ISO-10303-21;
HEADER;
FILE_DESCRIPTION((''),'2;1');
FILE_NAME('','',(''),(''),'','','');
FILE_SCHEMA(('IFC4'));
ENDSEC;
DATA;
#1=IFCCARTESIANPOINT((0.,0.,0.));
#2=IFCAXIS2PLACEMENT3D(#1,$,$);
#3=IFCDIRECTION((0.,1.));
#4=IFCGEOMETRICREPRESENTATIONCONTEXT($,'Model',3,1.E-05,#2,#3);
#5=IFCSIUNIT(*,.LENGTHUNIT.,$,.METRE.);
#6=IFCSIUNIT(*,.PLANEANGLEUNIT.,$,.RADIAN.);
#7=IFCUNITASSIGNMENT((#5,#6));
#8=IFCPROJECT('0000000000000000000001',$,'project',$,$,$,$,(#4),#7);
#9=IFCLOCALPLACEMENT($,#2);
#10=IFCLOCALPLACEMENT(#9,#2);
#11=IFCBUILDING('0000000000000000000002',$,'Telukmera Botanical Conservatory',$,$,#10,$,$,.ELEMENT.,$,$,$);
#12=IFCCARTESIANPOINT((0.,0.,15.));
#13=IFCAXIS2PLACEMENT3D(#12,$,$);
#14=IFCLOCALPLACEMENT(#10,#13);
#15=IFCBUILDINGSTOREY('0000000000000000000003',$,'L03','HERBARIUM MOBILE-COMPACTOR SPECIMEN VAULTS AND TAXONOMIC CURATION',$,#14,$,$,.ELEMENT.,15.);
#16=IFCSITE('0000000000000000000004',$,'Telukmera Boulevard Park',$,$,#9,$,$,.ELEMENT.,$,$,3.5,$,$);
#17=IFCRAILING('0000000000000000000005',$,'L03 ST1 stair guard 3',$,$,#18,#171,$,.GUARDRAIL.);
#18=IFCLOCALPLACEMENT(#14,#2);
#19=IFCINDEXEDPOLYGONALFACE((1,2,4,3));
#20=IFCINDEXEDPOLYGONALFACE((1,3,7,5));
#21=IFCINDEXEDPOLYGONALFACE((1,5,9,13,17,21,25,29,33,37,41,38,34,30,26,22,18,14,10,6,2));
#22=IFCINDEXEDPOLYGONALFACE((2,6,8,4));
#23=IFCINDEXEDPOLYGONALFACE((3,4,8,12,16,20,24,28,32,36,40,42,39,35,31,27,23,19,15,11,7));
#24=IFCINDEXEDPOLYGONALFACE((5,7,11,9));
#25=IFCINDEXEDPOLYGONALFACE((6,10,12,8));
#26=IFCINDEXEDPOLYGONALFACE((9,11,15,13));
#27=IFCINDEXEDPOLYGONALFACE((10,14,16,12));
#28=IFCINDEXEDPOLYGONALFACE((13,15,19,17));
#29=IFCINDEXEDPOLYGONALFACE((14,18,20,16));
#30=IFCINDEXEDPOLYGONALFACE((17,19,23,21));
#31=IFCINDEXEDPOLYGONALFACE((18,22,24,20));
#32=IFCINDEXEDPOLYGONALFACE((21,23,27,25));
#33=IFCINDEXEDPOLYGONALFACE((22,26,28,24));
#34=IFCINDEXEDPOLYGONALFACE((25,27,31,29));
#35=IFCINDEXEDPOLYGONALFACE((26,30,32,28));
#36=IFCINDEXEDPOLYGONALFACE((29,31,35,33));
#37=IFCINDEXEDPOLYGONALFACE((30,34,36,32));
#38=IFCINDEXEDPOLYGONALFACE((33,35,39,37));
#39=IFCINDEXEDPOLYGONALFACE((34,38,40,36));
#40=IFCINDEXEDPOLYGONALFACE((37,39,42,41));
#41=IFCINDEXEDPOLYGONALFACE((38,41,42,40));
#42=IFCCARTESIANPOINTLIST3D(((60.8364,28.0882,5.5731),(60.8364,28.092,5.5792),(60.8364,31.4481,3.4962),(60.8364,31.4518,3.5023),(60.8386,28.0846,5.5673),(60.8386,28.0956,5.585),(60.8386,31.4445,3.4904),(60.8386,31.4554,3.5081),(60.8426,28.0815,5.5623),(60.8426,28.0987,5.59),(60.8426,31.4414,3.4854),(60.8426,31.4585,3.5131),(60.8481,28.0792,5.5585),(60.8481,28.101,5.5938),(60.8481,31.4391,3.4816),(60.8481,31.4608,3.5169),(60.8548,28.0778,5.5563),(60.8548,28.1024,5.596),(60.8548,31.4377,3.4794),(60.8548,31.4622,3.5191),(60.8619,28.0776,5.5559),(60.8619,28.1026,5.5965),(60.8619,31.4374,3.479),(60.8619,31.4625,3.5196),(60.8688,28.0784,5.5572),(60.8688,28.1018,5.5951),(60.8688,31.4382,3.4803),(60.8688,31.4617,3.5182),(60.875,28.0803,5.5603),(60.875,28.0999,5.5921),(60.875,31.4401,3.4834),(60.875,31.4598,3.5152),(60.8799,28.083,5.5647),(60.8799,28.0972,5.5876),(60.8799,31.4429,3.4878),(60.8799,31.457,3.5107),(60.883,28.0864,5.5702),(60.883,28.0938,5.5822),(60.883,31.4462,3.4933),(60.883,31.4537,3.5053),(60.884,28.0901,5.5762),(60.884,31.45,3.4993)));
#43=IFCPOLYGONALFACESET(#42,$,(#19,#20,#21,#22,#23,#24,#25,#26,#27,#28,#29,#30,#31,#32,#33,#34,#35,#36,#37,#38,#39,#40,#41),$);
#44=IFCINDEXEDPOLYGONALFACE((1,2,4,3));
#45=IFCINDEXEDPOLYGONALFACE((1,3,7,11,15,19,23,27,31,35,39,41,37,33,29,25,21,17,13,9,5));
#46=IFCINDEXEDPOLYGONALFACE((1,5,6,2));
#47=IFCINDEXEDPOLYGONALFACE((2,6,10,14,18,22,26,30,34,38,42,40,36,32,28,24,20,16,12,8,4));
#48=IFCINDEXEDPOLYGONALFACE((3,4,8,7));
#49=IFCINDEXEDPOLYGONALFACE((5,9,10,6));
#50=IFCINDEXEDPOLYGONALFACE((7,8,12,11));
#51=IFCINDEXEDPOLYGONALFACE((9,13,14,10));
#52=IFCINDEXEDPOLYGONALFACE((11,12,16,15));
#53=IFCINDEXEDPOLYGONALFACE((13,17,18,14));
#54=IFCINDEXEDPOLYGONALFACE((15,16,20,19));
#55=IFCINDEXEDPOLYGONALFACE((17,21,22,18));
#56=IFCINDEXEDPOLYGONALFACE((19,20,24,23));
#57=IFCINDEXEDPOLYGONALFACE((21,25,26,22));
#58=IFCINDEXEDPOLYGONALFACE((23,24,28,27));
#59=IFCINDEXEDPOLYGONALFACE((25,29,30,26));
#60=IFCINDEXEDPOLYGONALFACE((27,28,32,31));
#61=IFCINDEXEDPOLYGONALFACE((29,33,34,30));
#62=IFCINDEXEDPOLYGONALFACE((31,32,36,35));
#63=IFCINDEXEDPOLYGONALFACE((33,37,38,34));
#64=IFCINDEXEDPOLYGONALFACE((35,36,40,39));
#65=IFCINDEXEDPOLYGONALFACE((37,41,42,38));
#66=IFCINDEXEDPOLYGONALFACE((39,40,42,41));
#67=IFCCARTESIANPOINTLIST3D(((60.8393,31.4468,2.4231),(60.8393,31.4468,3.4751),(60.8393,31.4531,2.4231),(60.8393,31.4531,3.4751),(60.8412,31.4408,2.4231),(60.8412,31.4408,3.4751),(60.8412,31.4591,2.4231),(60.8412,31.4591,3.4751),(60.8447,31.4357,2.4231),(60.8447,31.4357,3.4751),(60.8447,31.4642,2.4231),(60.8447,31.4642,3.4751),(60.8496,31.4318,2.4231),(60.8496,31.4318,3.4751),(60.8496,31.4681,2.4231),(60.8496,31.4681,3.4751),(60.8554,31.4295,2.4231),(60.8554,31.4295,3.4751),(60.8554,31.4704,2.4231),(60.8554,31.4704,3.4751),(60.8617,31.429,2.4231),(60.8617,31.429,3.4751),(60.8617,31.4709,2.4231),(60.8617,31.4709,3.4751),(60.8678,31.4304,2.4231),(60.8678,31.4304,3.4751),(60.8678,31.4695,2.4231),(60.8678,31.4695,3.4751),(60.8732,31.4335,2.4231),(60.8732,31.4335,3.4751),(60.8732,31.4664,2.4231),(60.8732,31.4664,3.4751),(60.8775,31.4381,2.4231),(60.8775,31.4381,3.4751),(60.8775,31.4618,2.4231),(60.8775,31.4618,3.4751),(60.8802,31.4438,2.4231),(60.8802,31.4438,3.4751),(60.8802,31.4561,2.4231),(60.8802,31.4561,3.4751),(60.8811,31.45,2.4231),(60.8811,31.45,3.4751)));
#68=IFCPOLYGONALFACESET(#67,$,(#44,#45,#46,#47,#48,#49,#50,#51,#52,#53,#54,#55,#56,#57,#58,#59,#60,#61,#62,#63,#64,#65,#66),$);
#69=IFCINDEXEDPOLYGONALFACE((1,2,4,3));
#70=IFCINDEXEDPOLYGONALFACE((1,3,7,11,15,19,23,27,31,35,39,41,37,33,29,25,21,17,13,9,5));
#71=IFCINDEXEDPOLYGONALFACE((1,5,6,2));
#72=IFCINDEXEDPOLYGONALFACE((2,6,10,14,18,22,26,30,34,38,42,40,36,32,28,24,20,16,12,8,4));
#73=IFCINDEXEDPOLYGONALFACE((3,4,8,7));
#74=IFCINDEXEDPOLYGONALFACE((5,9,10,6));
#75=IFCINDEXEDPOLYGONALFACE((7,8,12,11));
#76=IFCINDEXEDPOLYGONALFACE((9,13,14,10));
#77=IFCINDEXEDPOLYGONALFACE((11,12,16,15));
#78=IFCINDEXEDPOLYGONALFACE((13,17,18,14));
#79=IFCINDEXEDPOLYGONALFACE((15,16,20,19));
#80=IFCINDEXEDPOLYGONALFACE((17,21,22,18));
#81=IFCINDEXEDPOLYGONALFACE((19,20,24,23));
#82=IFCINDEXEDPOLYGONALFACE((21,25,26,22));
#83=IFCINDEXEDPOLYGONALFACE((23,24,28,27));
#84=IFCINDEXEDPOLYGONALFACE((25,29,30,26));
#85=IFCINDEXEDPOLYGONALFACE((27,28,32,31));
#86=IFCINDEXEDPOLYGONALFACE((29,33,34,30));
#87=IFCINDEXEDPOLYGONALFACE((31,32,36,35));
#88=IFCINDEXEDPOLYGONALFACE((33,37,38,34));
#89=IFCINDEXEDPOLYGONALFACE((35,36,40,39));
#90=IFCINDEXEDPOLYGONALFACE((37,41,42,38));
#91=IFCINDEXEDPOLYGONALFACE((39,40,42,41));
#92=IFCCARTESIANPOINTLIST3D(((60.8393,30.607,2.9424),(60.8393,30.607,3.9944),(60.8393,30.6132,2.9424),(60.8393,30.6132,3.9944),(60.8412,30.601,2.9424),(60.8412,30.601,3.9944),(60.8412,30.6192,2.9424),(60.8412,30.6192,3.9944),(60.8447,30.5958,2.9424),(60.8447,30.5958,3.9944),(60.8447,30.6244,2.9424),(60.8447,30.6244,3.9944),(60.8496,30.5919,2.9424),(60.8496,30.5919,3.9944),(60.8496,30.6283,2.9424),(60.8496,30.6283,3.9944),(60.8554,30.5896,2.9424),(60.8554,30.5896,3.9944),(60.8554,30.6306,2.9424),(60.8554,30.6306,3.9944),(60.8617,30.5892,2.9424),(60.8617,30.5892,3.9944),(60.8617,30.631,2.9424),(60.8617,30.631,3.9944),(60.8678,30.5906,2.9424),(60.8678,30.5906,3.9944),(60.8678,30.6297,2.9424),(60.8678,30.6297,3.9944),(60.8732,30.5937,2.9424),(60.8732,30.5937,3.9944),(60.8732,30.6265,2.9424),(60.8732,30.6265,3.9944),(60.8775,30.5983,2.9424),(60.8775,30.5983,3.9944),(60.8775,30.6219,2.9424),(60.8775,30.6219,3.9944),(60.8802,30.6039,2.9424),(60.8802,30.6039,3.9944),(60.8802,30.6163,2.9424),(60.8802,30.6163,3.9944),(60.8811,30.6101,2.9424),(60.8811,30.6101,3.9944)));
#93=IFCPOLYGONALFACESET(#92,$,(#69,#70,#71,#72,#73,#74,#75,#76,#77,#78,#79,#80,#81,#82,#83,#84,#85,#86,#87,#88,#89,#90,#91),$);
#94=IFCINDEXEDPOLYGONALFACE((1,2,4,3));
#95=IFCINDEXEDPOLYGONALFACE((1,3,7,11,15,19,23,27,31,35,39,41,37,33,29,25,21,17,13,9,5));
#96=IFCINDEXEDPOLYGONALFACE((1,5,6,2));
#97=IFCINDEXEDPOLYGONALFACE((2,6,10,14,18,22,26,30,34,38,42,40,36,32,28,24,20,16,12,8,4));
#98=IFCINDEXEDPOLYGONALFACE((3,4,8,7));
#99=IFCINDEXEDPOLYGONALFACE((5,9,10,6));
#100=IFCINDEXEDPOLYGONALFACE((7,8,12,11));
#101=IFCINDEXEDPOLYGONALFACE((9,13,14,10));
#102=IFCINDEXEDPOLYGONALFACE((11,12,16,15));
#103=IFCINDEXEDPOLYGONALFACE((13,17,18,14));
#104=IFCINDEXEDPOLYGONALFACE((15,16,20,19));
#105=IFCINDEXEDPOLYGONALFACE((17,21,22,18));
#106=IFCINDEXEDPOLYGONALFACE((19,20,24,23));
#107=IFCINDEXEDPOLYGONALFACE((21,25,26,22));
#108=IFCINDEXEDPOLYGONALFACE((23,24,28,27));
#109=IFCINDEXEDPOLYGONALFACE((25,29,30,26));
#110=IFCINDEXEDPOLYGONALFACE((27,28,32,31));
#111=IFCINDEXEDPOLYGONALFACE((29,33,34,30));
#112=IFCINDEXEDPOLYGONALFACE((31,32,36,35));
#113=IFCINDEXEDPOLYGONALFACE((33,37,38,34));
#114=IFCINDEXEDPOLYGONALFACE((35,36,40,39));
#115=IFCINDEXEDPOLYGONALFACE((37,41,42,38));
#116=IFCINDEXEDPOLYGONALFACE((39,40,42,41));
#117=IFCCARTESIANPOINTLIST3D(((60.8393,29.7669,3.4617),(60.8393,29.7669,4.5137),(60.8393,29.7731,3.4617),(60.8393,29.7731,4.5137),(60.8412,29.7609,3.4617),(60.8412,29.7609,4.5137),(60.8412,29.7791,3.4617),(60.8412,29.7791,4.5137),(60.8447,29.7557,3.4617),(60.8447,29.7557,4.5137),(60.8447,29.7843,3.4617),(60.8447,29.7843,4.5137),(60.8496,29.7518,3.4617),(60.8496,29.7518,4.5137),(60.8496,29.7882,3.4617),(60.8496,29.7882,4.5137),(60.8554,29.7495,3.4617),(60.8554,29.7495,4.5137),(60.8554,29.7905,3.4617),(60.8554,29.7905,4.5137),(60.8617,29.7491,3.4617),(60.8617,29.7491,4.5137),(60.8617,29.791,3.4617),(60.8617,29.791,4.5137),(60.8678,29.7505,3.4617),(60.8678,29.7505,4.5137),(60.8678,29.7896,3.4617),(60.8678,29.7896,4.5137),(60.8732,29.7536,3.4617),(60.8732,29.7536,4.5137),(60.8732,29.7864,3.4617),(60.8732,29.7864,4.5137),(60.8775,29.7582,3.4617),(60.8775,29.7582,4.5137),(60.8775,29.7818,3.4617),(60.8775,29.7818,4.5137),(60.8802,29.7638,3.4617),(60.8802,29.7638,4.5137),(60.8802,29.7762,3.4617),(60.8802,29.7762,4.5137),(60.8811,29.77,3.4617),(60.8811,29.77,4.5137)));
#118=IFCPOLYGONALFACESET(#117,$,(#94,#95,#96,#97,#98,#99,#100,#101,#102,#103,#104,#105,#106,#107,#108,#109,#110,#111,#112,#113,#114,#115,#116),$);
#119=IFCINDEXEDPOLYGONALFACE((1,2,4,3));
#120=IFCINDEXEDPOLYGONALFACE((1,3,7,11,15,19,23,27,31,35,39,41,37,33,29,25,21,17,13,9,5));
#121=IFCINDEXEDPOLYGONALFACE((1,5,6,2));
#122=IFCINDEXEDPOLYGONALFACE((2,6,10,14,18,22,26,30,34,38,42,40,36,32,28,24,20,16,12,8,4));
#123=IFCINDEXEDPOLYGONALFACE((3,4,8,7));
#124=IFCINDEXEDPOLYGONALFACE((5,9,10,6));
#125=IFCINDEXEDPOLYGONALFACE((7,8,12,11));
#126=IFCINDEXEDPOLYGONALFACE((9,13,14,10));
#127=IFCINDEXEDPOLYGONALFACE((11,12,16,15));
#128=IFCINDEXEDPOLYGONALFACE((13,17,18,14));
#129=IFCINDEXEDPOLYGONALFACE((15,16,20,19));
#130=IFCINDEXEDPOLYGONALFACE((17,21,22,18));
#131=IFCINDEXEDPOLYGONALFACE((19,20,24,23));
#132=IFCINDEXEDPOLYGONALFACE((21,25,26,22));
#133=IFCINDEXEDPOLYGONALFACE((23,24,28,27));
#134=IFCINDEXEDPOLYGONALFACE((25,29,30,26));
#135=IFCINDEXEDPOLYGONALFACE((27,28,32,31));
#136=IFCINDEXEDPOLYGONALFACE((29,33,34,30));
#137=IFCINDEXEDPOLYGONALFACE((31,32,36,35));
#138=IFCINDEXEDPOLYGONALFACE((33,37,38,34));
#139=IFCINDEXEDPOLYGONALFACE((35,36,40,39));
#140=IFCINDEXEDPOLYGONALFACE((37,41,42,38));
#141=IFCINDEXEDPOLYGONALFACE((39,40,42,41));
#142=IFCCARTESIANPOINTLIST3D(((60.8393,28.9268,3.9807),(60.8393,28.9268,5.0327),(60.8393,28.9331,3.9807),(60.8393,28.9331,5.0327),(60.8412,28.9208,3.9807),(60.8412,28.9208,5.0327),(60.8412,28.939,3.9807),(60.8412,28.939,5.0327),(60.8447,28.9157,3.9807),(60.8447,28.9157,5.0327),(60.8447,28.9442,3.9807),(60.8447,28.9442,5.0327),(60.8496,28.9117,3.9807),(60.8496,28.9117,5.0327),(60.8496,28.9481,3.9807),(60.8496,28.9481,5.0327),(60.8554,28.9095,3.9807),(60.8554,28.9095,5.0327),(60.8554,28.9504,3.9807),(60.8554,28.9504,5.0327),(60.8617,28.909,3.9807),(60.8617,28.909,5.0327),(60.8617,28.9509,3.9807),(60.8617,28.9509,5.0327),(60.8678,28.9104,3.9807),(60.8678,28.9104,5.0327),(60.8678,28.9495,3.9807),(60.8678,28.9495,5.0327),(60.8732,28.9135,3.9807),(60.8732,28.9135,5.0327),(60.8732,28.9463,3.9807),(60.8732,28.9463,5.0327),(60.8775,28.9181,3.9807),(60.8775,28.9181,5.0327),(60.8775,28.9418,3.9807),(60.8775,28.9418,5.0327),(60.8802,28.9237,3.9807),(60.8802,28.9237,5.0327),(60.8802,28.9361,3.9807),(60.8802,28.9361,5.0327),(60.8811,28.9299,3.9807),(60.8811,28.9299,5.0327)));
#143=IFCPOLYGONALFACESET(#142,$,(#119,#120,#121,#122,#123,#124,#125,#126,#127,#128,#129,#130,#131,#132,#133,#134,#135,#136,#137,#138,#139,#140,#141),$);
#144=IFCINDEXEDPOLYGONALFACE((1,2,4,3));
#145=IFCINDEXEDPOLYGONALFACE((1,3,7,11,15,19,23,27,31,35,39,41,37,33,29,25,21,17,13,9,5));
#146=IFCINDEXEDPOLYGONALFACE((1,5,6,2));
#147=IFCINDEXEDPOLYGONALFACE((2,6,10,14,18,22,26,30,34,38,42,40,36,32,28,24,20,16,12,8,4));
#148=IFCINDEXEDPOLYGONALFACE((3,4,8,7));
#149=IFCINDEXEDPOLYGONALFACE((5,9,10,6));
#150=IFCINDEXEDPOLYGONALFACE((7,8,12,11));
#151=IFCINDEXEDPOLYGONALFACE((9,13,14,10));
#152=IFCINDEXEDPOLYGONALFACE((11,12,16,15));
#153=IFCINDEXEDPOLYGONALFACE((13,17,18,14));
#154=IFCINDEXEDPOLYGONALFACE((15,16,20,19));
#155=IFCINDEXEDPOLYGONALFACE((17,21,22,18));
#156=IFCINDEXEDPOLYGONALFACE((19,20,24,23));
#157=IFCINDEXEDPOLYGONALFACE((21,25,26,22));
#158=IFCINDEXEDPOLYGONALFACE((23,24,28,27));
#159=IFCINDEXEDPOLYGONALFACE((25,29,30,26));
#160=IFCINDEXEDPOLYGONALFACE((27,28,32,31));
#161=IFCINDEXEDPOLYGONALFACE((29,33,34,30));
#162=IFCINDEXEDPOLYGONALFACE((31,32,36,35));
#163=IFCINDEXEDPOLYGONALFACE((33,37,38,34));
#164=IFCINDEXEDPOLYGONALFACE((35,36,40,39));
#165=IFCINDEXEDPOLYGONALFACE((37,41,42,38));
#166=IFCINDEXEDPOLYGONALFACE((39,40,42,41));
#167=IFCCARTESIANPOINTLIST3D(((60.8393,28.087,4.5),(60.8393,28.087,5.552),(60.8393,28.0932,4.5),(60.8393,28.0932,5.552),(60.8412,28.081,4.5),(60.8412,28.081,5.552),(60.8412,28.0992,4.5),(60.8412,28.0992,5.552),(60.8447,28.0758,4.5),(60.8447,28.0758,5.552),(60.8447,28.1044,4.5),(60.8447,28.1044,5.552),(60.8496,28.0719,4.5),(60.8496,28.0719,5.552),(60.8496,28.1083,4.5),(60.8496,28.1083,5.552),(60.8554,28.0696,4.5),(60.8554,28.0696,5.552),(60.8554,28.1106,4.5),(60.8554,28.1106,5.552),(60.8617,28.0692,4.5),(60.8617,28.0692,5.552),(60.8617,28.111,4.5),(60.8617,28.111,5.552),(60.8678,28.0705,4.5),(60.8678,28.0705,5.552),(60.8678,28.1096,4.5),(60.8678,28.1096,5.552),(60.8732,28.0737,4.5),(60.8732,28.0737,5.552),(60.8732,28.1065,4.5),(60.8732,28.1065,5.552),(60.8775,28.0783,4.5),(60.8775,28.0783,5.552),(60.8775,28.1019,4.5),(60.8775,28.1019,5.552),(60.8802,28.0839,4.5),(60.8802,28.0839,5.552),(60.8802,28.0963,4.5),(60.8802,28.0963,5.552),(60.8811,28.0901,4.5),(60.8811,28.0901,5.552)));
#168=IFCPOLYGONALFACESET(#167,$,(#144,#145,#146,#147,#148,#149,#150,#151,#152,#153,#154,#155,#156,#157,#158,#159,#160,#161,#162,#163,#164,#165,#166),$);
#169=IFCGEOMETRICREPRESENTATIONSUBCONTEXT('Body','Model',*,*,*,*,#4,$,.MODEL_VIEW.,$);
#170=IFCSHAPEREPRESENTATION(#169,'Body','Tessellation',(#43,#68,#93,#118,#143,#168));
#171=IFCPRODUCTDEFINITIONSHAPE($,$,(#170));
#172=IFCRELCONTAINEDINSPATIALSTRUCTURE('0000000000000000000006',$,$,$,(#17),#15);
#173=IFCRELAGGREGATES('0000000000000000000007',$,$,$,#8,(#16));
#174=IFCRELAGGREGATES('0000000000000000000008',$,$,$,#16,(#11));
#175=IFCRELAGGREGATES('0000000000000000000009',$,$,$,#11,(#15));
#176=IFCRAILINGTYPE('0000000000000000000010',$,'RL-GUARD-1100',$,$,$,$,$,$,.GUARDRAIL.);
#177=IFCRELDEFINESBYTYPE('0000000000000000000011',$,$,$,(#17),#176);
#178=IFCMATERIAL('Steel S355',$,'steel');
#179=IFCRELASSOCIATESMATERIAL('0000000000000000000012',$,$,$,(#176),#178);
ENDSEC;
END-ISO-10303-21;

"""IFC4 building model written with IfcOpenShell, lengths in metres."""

from ifc_helpers import new_model, si_unit, direction, frame, origin, origin_2d, place, context, subcontext, project, spatial, circle, extrude, material, type_object, element, save


model = new_model("IFC4")

# Units and contexts
model_context = context("Model", 3, precision=1e-05, world=origin(), true_north=direction((0.0, 1.0)))
body_context = subcontext(model_context, "Body", "Model", "MODEL_VIEW")
ifc_project = project(units=[si_unit("LENGTHUNIT", "METRE"), si_unit("PLANEANGLEUNIT", "RADIAN")], contexts=[model_context])

# Site, building, storey
site_placement = place(None, origin())
site = spatial("IfcSite", under=ifc_project, at=site_placement, Name="Telukmera Boulevard Park", CompositionType="ELEMENT", RefElevation=3.5)
building_placement = place(site_placement, origin())
building = spatial("IfcBuilding", under=site, at=building_placement, Name="Telukmera Botanical Conservatory", CompositionType="ELEMENT")
storey_placement = place(building_placement, frame((0.0, 0.0, 15.0)))
storey = spatial("IfcBuildingStorey", under=building, at=storey_placement, Name="L03", Description="HERBARIUM MOBILE-COMPACTOR SPECIMEN VAULTS AND TAXONOMIC CURATION", CompositionType="ELEMENT", Elevation=15.0)

# Railing
ifc_material_1 = material(Name="Steel S355", Category="steel")
railing_type_1 = type_object("IfcRailingType", Name="RL-GUARD-1100", PredefinedType="GUARDRAIL", material=ifc_material_1)
railing_1_placement = place(storey_placement, frame((60.8601, 31.45, 2.4231)))
element("IfcRailing", 1, at=railing_1_placement, inside=storey, type_object=railing_type_1, Name="L03 ST1 stair guard 3", PredefinedType="GUARDRAIL", context=body_context, shape_type="SweptSolid", body=[
    extrude(circle(Radius=0.0239, at=origin_2d()), frame((0.0, 0.0, 1.0762), z_axis=(0.0, -0.850606, 0.525803), x_axis=(1.0, 0.0, 0.0)), (0.0, 0.0, 1.0), 3.95),
    extrude(circle(Radius=0.021, at=origin_2d()), origin(), (0.0, 0.0, 1.0), 1.052),
    extrude(circle(Radius=0.021, at=origin_2d()), frame((0.0, -0.8398, 0.5193)), (0.0, 0.0, 1.0), 1.052),
    extrude(circle(Radius=0.021, at=origin_2d()), frame((0.0, -1.6799, 1.0386)), (0.0, 0.0, 1.0), 1.052),
    extrude(circle(Radius=0.021, at=origin_2d()), frame((0.0, -2.52, 1.5576)), (0.0, 0.0, 1.0), 1.052),
    extrude(circle(Radius=0.021, at=origin_2d()), frame((0.0, -3.3599, 2.0769)), (0.0, 0.0, 1.0), 1.052),
])

save(model, "model.ifc")
